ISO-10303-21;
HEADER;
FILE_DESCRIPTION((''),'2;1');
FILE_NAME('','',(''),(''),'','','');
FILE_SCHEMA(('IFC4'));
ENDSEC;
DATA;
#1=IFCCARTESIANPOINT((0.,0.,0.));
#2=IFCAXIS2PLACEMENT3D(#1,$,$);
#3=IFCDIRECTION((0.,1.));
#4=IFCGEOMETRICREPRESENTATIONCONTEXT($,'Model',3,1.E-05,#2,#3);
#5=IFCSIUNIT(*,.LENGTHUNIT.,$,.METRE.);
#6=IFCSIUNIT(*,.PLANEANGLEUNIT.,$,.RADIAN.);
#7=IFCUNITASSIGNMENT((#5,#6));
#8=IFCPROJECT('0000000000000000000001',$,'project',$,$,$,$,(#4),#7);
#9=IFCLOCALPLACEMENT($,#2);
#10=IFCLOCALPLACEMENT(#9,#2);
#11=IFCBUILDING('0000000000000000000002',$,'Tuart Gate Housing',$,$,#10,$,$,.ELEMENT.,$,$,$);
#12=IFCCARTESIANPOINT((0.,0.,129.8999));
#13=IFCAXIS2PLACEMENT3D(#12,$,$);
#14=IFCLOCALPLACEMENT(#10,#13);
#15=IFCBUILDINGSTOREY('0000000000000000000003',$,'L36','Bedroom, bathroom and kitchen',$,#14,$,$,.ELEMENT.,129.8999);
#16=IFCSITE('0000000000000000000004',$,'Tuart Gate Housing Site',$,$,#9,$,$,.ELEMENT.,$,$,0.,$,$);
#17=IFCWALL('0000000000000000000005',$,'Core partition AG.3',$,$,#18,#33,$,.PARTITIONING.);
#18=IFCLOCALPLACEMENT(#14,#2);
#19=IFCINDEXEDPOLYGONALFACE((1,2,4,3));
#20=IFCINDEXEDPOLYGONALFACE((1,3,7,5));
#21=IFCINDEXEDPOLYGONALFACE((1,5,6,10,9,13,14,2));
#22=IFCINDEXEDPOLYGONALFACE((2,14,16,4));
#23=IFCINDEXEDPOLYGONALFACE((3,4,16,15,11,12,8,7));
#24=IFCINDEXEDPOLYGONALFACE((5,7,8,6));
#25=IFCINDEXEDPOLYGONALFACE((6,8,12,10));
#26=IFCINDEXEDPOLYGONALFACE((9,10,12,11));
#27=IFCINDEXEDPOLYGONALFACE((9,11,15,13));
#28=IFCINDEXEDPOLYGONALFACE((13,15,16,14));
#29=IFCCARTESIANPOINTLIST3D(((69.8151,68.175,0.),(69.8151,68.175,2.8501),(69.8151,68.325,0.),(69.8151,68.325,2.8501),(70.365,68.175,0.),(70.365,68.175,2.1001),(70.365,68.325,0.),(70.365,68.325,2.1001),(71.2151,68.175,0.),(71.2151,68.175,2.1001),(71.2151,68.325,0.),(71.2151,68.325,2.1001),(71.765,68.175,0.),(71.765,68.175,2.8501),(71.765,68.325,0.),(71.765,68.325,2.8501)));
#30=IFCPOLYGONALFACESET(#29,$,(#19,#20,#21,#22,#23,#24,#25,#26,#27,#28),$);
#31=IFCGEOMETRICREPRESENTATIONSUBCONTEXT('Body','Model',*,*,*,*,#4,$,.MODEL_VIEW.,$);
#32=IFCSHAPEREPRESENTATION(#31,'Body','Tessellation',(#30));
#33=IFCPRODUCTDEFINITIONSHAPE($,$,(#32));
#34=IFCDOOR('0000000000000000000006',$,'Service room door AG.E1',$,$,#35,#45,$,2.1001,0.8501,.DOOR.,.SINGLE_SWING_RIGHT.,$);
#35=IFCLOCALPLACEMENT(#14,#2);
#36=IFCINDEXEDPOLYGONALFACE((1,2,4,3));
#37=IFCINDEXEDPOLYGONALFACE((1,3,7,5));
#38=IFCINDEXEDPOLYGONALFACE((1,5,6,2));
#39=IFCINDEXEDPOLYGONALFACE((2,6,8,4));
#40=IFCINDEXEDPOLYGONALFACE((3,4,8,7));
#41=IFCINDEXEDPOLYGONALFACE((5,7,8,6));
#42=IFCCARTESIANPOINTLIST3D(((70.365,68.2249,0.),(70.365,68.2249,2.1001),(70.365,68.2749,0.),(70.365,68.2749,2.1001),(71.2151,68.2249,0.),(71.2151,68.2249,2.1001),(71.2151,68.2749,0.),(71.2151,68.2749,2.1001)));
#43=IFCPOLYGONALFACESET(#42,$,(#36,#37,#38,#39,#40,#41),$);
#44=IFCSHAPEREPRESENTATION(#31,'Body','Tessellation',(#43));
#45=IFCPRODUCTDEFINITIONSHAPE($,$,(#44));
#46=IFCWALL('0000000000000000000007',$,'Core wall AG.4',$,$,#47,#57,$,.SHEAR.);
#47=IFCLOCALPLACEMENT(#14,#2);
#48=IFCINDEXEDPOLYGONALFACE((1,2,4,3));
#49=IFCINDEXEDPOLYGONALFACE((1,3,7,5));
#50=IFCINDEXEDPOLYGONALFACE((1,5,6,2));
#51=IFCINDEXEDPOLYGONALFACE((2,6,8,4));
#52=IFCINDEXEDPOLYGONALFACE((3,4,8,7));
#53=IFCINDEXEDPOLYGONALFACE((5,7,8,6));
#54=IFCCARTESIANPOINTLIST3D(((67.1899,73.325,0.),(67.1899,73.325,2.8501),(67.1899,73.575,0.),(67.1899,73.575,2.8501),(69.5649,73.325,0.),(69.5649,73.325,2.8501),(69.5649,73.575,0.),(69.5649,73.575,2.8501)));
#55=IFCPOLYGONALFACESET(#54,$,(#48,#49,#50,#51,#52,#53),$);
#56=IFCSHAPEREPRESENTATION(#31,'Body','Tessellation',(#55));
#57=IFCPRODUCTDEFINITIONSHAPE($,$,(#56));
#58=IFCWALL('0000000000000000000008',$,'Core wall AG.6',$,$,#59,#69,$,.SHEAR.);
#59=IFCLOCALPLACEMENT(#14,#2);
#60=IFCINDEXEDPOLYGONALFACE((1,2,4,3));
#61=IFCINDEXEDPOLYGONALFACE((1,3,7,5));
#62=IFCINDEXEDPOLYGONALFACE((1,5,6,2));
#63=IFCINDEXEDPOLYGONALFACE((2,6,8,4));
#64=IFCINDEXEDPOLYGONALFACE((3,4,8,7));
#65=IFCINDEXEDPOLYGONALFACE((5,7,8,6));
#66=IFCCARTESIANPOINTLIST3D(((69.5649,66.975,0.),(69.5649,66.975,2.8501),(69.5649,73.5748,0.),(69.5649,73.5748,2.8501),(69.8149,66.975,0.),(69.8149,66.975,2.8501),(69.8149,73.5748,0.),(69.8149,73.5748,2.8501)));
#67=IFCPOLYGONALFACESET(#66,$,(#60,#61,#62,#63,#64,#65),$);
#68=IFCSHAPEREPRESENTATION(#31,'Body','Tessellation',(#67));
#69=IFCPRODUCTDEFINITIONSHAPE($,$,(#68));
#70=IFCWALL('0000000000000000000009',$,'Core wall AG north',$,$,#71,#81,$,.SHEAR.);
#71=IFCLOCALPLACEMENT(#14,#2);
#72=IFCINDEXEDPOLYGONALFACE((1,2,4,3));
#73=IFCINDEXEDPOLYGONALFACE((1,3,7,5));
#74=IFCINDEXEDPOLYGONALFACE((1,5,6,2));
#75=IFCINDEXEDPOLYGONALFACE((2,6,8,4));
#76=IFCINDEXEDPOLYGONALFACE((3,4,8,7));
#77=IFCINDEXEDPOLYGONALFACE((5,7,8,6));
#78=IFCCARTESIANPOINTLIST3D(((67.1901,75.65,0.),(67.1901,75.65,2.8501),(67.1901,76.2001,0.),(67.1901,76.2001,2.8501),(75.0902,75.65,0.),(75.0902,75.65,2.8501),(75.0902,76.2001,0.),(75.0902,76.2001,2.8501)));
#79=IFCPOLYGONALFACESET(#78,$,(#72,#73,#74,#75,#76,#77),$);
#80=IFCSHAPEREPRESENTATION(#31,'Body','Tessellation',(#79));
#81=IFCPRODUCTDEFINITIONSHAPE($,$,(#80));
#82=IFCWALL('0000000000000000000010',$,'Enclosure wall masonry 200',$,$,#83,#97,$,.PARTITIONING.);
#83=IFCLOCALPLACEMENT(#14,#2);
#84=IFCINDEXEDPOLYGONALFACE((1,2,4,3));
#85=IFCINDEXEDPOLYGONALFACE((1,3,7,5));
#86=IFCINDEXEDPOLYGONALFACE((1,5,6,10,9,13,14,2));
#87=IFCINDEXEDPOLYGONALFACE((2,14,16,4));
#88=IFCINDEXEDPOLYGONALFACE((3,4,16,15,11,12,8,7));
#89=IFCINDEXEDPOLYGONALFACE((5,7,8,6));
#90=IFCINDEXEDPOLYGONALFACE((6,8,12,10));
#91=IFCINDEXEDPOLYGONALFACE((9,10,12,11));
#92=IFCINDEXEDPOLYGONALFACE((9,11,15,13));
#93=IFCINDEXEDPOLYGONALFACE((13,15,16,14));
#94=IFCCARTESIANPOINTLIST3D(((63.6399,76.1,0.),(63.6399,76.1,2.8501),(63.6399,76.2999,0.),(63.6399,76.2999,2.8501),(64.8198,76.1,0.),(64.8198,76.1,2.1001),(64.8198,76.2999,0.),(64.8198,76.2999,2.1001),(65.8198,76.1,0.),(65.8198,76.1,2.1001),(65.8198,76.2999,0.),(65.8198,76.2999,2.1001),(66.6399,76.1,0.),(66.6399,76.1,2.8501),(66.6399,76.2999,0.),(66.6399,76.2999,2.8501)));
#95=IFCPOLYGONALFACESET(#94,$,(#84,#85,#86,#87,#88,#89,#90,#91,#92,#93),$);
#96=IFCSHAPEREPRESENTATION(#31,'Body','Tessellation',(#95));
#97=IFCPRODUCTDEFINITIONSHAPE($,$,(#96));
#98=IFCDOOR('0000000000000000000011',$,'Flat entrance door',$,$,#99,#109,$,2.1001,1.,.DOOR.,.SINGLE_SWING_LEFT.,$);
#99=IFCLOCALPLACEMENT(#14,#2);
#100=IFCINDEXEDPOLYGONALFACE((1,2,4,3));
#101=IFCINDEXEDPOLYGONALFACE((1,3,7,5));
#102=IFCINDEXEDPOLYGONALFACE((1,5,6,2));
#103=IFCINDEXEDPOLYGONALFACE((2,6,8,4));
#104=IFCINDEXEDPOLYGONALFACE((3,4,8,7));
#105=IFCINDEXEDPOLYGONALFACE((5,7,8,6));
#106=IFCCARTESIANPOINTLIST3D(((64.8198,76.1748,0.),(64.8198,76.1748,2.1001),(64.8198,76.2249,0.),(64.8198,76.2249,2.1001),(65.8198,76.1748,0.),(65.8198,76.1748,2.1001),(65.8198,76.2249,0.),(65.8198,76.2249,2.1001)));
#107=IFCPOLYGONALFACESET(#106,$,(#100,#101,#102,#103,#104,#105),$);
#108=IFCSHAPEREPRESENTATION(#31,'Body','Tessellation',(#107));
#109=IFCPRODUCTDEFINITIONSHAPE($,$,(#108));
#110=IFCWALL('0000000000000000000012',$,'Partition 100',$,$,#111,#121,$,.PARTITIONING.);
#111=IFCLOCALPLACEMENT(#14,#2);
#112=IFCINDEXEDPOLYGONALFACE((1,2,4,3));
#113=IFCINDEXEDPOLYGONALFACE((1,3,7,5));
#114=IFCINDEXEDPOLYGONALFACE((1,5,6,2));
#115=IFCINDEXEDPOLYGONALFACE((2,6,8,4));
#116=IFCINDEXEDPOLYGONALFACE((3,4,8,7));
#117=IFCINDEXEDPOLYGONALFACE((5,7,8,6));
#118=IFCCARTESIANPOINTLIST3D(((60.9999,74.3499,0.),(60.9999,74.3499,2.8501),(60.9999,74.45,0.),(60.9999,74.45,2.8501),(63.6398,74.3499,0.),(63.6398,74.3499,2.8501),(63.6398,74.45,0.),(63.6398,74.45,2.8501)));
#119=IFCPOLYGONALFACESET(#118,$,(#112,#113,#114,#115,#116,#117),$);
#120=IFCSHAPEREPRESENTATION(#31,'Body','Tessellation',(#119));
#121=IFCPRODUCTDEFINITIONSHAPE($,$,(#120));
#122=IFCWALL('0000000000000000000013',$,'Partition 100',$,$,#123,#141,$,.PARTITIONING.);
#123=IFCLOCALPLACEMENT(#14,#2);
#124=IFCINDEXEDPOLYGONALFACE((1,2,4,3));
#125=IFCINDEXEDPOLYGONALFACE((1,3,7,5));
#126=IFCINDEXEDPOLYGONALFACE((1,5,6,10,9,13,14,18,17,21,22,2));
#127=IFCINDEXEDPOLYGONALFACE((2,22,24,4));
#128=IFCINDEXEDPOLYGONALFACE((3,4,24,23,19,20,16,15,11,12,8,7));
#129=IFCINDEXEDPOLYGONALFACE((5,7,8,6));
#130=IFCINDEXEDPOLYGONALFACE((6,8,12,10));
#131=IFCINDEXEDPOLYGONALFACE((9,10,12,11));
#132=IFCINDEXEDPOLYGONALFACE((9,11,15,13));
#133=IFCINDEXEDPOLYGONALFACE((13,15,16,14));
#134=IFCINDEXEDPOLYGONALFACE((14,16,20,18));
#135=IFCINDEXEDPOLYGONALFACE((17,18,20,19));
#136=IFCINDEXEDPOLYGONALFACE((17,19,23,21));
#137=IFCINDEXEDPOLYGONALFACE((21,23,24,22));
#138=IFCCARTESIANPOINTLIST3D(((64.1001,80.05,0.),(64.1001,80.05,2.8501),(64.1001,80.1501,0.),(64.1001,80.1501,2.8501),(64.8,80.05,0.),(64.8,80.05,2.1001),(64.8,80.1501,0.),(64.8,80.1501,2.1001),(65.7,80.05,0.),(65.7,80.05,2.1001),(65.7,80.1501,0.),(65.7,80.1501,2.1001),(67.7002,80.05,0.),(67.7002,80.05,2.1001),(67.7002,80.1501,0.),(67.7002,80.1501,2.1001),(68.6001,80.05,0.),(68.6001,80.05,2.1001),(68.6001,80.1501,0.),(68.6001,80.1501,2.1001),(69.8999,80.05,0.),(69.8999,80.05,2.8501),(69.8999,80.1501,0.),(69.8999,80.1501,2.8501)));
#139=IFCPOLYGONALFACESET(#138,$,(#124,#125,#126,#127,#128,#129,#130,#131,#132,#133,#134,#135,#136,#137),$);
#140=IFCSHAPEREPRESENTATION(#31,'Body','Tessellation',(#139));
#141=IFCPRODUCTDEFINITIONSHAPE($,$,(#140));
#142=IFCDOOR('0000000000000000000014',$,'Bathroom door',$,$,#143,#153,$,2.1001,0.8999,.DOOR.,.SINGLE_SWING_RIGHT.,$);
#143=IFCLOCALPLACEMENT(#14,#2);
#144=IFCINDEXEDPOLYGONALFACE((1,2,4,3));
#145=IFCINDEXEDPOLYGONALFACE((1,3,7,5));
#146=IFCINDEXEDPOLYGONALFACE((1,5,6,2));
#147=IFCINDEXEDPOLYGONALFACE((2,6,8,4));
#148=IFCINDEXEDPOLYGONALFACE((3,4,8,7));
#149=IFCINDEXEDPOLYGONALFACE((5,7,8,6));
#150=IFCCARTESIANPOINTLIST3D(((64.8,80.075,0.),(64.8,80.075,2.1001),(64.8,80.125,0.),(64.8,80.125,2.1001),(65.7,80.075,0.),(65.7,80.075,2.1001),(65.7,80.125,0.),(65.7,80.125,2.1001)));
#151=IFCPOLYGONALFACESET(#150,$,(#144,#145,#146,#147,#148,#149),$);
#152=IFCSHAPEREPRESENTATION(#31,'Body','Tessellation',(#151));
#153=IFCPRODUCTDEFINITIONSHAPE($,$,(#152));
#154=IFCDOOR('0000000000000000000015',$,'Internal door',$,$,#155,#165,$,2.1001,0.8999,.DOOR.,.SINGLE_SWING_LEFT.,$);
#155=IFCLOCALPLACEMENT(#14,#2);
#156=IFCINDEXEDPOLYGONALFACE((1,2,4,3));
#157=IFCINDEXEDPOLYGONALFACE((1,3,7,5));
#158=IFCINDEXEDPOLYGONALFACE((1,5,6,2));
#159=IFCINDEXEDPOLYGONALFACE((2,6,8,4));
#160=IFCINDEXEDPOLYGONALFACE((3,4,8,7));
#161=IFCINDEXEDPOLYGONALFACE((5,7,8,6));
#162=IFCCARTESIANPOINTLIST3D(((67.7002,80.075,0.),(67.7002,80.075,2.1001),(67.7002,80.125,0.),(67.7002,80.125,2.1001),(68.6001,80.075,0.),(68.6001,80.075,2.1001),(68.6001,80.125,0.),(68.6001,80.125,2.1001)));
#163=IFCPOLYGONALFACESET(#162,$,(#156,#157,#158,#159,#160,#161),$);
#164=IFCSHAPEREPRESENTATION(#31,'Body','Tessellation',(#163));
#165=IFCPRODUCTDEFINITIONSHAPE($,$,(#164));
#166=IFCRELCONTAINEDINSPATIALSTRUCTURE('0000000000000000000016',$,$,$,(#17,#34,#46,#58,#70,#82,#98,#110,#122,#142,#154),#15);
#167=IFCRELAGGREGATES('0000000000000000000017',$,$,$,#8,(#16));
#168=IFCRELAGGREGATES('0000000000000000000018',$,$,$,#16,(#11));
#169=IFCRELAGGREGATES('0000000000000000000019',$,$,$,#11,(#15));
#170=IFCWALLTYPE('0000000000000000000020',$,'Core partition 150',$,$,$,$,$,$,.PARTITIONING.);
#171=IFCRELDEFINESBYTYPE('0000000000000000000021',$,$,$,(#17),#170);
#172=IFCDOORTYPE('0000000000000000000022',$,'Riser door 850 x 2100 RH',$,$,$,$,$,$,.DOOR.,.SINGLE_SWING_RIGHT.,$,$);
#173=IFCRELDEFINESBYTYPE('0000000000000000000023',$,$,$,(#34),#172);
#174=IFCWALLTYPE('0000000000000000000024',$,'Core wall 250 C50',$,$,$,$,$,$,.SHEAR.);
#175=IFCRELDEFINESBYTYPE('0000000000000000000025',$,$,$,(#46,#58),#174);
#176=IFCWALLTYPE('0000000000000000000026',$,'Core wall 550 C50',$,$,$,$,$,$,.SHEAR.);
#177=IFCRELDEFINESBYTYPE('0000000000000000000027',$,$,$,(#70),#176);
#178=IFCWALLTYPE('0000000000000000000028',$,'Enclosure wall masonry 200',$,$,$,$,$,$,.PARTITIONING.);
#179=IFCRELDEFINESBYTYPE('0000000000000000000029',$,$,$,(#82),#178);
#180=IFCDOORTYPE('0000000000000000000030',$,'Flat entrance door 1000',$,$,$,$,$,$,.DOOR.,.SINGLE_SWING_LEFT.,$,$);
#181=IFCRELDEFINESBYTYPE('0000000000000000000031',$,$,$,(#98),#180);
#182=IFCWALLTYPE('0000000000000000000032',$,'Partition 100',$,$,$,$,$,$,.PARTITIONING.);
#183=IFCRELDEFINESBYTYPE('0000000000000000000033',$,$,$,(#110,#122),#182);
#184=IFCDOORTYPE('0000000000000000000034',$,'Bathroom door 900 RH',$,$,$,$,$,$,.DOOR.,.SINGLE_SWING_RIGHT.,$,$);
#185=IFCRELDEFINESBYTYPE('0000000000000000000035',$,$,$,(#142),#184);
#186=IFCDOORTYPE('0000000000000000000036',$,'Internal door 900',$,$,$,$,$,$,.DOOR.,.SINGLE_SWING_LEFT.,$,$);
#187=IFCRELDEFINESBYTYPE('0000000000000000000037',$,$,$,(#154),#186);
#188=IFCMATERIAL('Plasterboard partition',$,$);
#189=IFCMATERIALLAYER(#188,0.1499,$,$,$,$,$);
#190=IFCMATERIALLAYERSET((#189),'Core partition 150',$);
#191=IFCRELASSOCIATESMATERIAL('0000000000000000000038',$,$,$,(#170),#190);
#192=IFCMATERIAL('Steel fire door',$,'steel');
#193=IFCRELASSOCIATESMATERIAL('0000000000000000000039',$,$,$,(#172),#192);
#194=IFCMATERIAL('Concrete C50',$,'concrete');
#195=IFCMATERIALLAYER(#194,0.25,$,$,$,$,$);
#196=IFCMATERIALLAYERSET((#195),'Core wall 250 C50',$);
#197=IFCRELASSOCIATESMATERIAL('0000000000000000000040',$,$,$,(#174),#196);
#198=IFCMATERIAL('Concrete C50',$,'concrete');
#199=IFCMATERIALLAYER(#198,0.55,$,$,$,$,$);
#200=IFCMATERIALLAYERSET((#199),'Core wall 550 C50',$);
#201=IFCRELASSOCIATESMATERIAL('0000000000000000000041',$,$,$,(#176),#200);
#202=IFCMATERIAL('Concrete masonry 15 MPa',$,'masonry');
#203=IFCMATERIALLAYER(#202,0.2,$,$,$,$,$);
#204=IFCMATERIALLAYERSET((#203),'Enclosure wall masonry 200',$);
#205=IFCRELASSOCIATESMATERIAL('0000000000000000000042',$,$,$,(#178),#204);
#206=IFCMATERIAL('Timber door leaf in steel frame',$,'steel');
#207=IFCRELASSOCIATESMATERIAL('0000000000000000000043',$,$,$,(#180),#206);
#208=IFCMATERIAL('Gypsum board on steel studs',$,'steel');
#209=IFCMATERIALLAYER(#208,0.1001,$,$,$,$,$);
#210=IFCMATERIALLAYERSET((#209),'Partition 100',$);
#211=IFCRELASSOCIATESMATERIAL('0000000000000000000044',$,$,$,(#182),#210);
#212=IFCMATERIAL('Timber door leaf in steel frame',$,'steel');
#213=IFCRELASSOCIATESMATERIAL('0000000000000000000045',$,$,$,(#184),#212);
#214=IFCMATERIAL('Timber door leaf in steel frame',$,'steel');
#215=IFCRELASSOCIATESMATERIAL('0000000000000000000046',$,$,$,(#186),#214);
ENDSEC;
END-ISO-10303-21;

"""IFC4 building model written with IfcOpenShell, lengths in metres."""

from ifc_helpers import new_model, si_unit, direction, frame, frame_2d, origin, place, context, subcontext, project, spatial, rectangle, extrude, material, layer, layer_set, type_object, element, fill, save


model = new_model("IFC4")

# Units and contexts
model_context = context("Model", 3, precision=1e-05, world=origin(), true_north=direction((0.0, 1.0)))
body_context = subcontext(model_context, "Body", "Model", "MODEL_VIEW")
ifc_project = project(units=[si_unit("LENGTHUNIT", "METRE"), si_unit("PLANEANGLEUNIT", "RADIAN")], contexts=[model_context])

# Site, building, storey
site_placement = place(None, origin())
site = spatial("IfcSite", under=ifc_project, at=site_placement, Name="Tuart Gate Housing Site", CompositionType="ELEMENT", RefElevation=0.0)
building_placement = place(site_placement, origin())
building = spatial("IfcBuilding", under=site, at=building_placement, Name="Tuart Gate Housing", CompositionType="ELEMENT")
storey_placement = place(building_placement, frame((0.0, 0.0, 129.8999)))
storey = spatial("IfcBuildingStorey", under=building, at=storey_placement, Name="L36", Description="Bedroom, bathroom and kitchen", CompositionType="ELEMENT", Elevation=129.8999)

# Wall, opening, door
ifc_material_1 = material(Name="Plasterboard partition")
ifc_layer_1 = layer(ifc_material_1, 0.1499)
ifc_layer_set_1 = layer_set([ifc_layer_1], Name="Core partition 150")
wall_type_1 = type_object("IfcWallType", Name="Core partition 150", PredefinedType="PARTITIONING", material=ifc_layer_set_1)
wall_1_placement = place(storey_placement, frame((69.8149, 68.25, 0.0), z_axis=(0.0, 0.0, 1.0), x_axis=(1.0, 0.0, 0.0)))
wall_1 = element("IfcWall", 1, at=wall_1_placement, inside=storey, type_object=wall_type_1, Name="Core partition AG.3", PredefinedType="PARTITIONING", context=body_context, shape_type="SweptSolid", body=[
    extrude(rectangle(XDim=1.95, YDim=0.1499, at=frame_2d((0.9751, 0.0))), origin(), (0.0, 0.0, 1.0), 2.8501),
])
opening_1_placement = place(wall_1_placement, frame((0.55, 0.0, 0.0)))
opening_1 = element("IfcOpeningElement", 2, at=opening_1_placement, cuts=wall_1, PredefinedType="OPENING", context=body_context, shape_type="SweptSolid", body=[
    extrude(rectangle(XDim=0.8501, YDim=2.1001, at=frame_2d((0.425, 1.05))), frame((0.0, 0.085, 0.0), z_axis=(0.0, -1.0, 0.0), x_axis=(1.0, 0.0, 0.0)), (0.0, 0.0, 1.0), 0.1699),
])
ifc_material_2 = material(Name="Steel fire door", Category="steel")
door_type_1 = type_object("IfcDoorType", Name="Riser door 850 x 2100 RH", OperationType="SINGLE_SWING_RIGHT", PredefinedType="DOOR", material=ifc_material_2)
door_1_placement = place(opening_1_placement, frame((0.8501, 0.0, 0.0), z_axis=(0.0, 0.0, 1.0), x_axis=(-1.0, 0.0, 0.0)))
door_1 = element("IfcDoor", 3, at=door_1_placement, inside=storey, type_object=door_type_1, Name="Service room door AG.E1", OperationType="SINGLE_SWING_RIGHT", OverallHeight=2.1001, OverallWidth=0.8501, PredefinedType="DOOR", context=body_context, shape_type="SweptSolid", body=[
    extrude(rectangle(XDim=0.8501, YDim=2.1001, at=frame_2d((0.425, 1.05))), frame((0.0, 0.0251, 0.0), z_axis=(0.0, -1.0, 0.0), x_axis=(1.0, 0.0, 0.0)), (0.0, 0.0, 1.0), 0.05),
])
fill(opening_1, door_1)

# Walls
ifc_material_3 = material(Name="Concrete C50", Category="concrete")
ifc_layer_2 = layer(ifc_material_3, 0.25)
ifc_layer_set_2 = layer_set([ifc_layer_2], Name="Core wall 250 C50")
wall_type_2 = type_object("IfcWallType", Name="Core wall 250 C50", PredefinedType="SHEAR", material=ifc_layer_set_2)
wall_2_placement = place(storey_placement, frame((67.1899, 73.45, 0.0), z_axis=(0.0, 0.0, 1.0), x_axis=(1.0, 0.0, 0.0)))
element("IfcWall", 4, at=wall_2_placement, inside=storey, type_object=wall_type_2, Name="Core wall AG.4", PredefinedType="SHEAR", context=body_context, shape_type="SweptSolid", body=[
    extrude(rectangle(XDim=2.375, YDim=0.25, at=frame_2d((1.1875, 0.0))), origin(), (0.0, 0.0, 1.0), 2.8501),
])
wall_3_placement = place(storey_placement, frame((69.6899, 66.9751, 0.0), z_axis=(0.0, 0.0, 1.0), x_axis=(0.0, 1.0, 0.0)))
element("IfcWall", 5, at=wall_3_placement, inside=storey, type_object=wall_type_2, Name="Core wall AG.6", PredefinedType="SHEAR", context=body_context, shape_type="SweptSolid", body=[
    extrude(rectangle(XDim=6.5999, YDim=0.25, at=frame_2d((3.2998, 0.0))), origin(), (0.0, 0.0, 1.0), 2.8501),
])
ifc_material_4 = material(Name="Concrete C50", Category="concrete")
ifc_layer_3 = layer(ifc_material_4, 0.55)
ifc_layer_set_3 = layer_set([ifc_layer_3], Name="Core wall 550 C50")
wall_type_3 = type_object("IfcWallType", Name="Core wall 550 C50", PredefinedType="SHEAR", material=ifc_layer_set_3)
wall_4_placement = place(storey_placement, frame((67.1899, 75.925, 0.0), z_axis=(0.0, 0.0, 1.0), x_axis=(1.0, 0.0, 0.0)))
element("IfcWall", 6, at=wall_4_placement, inside=storey, type_object=wall_type_3, Name="Core wall AG north", PredefinedType="SHEAR", context=body_context, shape_type="SweptSolid", body=[
    extrude(rectangle(XDim=7.9001, YDim=0.55, at=frame_2d((3.9502, 0.0))), origin(), (0.0, 0.0, 1.0), 2.8501),
])

# Wall, opening, door
ifc_material_5 = material(Name="Concrete masonry 15 MPa", Category="masonry")
ifc_layer_4 = layer(ifc_material_5, 0.2)
ifc_layer_set_4 = layer_set([ifc_layer_4], Name="Enclosure wall masonry 200")
wall_type_4 = type_object("IfcWallType", Name="Enclosure wall masonry 200", PredefinedType="PARTITIONING", material=ifc_layer_set_4)
wall_5_placement = place(storey_placement, frame((63.6399, 76.2, 0.0), z_axis=(0.0, 0.0, 1.0), x_axis=(1.0, 0.0, 0.0)))
wall_5 = element("IfcWall", 7, at=wall_5_placement, inside=storey, type_object=wall_type_4, Name="Enclosure wall masonry 200", PredefinedType="PARTITIONING", context=body_context, shape_type="SweptSolid", body=[
    extrude(rectangle(XDim=3.0, YDim=0.2, at=frame_2d((1.5, 0.0))), origin(), (0.0, 0.0, 1.0), 2.8501),
])
opening_2_placement = place(wall_5_placement, frame((1.1799, 0.0, 0.0)))
opening_2 = element("IfcOpeningElement", 8, at=opening_2_placement, cuts=wall_5, PredefinedType="OPENING", context=body_context, shape_type="SweptSolid", body=[
    extrude(rectangle(XDim=1.0, YDim=2.1001, at=frame_2d((0.5, 1.05))), frame((0.0, 0.1099, 0.0), z_axis=(0.0, -1.0, 0.0), x_axis=(1.0, 0.0, 0.0)), (0.0, 0.0, 1.0), 0.22),
])
ifc_material_6 = material(Name="Timber door leaf in steel frame", Category="steel")
door_type_2 = type_object("IfcDoorType", Name="Flat entrance door 1000", OperationType="SINGLE_SWING_LEFT", PredefinedType="DOOR", material=ifc_material_6)
door_2_placement = place(opening_2_placement, origin())
door_2 = element("IfcDoor", 9, at=door_2_placement, inside=storey, type_object=door_type_2, Name="Flat entrance door", OperationType="SINGLE_SWING_LEFT", OverallHeight=2.1001, OverallWidth=1.0, PredefinedType="DOOR", context=body_context, shape_type="SweptSolid", body=[
    extrude(rectangle(XDim=1.0, YDim=2.1001, at=frame_2d((0.5, 1.05))), frame((0.0, 0.0249, 0.0), z_axis=(0.0, -1.0, 0.0), x_axis=(1.0, 0.0, 0.0)), (0.0, 0.0, 1.0), 0.05),
])
fill(opening_2, door_2)

# Wall
ifc_material_7 = material(Name="Gypsum board on steel studs", Category="steel")
ifc_layer_5 = layer(ifc_material_7, 0.1001)
ifc_layer_set_5 = layer_set([ifc_layer_5], Name="Partition 100")
wall_type_5 = type_object("IfcWallType", Name="Partition 100", PredefinedType="PARTITIONING", material=ifc_layer_set_5)
wall_6_placement = place(storey_placement, frame((61.0, 74.3999, 0.0), z_axis=(0.0, 0.0, 1.0), x_axis=(1.0, 0.0, 0.0)))
element("IfcWall", 10, at=wall_6_placement, inside=storey, type_object=wall_type_5, Name="Partition 100", PredefinedType="PARTITIONING", context=body_context, shape_type="SweptSolid", body=[
    extrude(rectangle(XDim=2.6399, YDim=0.1001, at=frame_2d((1.3198, 0.0))), origin(), (0.0, 0.0, 1.0), 2.8501),
])

# Wall, openings, doors
wall_7_placement = place(storey_placement, frame((64.1001, 80.1001, 0.0), z_axis=(0.0, 0.0, 1.0), x_axis=(1.0, 0.0, 0.0)))
wall_7 = element("IfcWall", 11, at=wall_7_placement, inside=storey, type_object=wall_type_5, Name="Partition 100", PredefinedType="PARTITIONING", context=body_context, shape_type="SweptSolid", body=[
    extrude(rectangle(XDim=5.7998, YDim=0.1001, at=frame_2d((2.8999, 0.0))), origin(), (0.0, 0.0, 1.0), 2.8501),
])
opening_3_placement = place(wall_7_placement, frame((3.6001, 0.0, 0.0)))
opening_3 = element("IfcOpeningElement", 12, at=opening_3_placement, cuts=wall_7, PredefinedType="OPENING", context=body_context, shape_type="SweptSolid", body=[
    extrude(rectangle(XDim=0.8999, YDim=2.1001, at=frame_2d((0.45, 1.05))), frame((0.0, 0.0601, 0.0), z_axis=(0.0, -1.0, 0.0), x_axis=(1.0, 0.0, 0.0)), (0.0, 0.0, 1.0), 0.1201),
])
opening_4_placement = place(wall_7_placement, frame((0.7, 0.0, 0.0)))
opening_4 = element("IfcOpeningElement", 13, at=opening_4_placement, cuts=wall_7, PredefinedType="OPENING", context=body_context, shape_type="SweptSolid", body=[
    extrude(rectangle(XDim=0.8999, YDim=2.1001, at=frame_2d((0.45, 1.05))), frame((0.0, 0.0601, 0.0), z_axis=(0.0, -1.0, 0.0), x_axis=(1.0, 0.0, 0.0)), (0.0, 0.0, 1.0), 0.1201),
])
ifc_material_8 = material(Name="Timber door leaf in steel frame", Category="steel")
door_type_3 = type_object("IfcDoorType", Name="Bathroom door 900 RH", OperationType="SINGLE_SWING_RIGHT", PredefinedType="DOOR", material=ifc_material_8)
door_3_placement = place(opening_4_placement, origin())
door_3 = element("IfcDoor", 14, at=door_3_placement, inside=storey, type_object=door_type_3, Name="Bathroom door", OperationType="SINGLE_SWING_RIGHT", OverallHeight=2.1001, OverallWidth=0.8999, PredefinedType="DOOR", context=body_context, shape_type="SweptSolid", body=[
    extrude(rectangle(XDim=0.8999, YDim=2.1001, at=frame_2d((0.45, 1.05))), frame((0.0, 0.0249, 0.0), z_axis=(0.0, -1.0, 0.0), x_axis=(1.0, 0.0, 0.0)), (0.0, 0.0, 1.0), 0.05),
])
fill(opening_4, door_3)
ifc_material_9 = material(Name="Timber door leaf in steel frame", Category="steel")
door_type_4 = type_object("IfcDoorType", Name="Internal door 900", OperationType="SINGLE_SWING_LEFT", PredefinedType="DOOR", material=ifc_material_9)
door_4_placement = place(opening_3_placement, origin())
door_4 = element("IfcDoor", 15, at=door_4_placement, inside=storey, type_object=door_type_4, Name="Internal door", OperationType="SINGLE_SWING_LEFT", OverallHeight=2.1001, OverallWidth=0.8999, PredefinedType="DOOR", context=body_context, shape_type="SweptSolid", body=[
    extrude(rectangle(XDim=0.8999, YDim=2.1001, at=frame_2d((0.45, 1.05))), frame((0.0, 0.0249, 0.0), z_axis=(0.0, -1.0, 0.0), x_axis=(1.0, 0.0, 0.0)), (0.0, 0.0, 1.0), 0.05),
])
fill(opening_3, door_4)

save(model, "model.ifc")
